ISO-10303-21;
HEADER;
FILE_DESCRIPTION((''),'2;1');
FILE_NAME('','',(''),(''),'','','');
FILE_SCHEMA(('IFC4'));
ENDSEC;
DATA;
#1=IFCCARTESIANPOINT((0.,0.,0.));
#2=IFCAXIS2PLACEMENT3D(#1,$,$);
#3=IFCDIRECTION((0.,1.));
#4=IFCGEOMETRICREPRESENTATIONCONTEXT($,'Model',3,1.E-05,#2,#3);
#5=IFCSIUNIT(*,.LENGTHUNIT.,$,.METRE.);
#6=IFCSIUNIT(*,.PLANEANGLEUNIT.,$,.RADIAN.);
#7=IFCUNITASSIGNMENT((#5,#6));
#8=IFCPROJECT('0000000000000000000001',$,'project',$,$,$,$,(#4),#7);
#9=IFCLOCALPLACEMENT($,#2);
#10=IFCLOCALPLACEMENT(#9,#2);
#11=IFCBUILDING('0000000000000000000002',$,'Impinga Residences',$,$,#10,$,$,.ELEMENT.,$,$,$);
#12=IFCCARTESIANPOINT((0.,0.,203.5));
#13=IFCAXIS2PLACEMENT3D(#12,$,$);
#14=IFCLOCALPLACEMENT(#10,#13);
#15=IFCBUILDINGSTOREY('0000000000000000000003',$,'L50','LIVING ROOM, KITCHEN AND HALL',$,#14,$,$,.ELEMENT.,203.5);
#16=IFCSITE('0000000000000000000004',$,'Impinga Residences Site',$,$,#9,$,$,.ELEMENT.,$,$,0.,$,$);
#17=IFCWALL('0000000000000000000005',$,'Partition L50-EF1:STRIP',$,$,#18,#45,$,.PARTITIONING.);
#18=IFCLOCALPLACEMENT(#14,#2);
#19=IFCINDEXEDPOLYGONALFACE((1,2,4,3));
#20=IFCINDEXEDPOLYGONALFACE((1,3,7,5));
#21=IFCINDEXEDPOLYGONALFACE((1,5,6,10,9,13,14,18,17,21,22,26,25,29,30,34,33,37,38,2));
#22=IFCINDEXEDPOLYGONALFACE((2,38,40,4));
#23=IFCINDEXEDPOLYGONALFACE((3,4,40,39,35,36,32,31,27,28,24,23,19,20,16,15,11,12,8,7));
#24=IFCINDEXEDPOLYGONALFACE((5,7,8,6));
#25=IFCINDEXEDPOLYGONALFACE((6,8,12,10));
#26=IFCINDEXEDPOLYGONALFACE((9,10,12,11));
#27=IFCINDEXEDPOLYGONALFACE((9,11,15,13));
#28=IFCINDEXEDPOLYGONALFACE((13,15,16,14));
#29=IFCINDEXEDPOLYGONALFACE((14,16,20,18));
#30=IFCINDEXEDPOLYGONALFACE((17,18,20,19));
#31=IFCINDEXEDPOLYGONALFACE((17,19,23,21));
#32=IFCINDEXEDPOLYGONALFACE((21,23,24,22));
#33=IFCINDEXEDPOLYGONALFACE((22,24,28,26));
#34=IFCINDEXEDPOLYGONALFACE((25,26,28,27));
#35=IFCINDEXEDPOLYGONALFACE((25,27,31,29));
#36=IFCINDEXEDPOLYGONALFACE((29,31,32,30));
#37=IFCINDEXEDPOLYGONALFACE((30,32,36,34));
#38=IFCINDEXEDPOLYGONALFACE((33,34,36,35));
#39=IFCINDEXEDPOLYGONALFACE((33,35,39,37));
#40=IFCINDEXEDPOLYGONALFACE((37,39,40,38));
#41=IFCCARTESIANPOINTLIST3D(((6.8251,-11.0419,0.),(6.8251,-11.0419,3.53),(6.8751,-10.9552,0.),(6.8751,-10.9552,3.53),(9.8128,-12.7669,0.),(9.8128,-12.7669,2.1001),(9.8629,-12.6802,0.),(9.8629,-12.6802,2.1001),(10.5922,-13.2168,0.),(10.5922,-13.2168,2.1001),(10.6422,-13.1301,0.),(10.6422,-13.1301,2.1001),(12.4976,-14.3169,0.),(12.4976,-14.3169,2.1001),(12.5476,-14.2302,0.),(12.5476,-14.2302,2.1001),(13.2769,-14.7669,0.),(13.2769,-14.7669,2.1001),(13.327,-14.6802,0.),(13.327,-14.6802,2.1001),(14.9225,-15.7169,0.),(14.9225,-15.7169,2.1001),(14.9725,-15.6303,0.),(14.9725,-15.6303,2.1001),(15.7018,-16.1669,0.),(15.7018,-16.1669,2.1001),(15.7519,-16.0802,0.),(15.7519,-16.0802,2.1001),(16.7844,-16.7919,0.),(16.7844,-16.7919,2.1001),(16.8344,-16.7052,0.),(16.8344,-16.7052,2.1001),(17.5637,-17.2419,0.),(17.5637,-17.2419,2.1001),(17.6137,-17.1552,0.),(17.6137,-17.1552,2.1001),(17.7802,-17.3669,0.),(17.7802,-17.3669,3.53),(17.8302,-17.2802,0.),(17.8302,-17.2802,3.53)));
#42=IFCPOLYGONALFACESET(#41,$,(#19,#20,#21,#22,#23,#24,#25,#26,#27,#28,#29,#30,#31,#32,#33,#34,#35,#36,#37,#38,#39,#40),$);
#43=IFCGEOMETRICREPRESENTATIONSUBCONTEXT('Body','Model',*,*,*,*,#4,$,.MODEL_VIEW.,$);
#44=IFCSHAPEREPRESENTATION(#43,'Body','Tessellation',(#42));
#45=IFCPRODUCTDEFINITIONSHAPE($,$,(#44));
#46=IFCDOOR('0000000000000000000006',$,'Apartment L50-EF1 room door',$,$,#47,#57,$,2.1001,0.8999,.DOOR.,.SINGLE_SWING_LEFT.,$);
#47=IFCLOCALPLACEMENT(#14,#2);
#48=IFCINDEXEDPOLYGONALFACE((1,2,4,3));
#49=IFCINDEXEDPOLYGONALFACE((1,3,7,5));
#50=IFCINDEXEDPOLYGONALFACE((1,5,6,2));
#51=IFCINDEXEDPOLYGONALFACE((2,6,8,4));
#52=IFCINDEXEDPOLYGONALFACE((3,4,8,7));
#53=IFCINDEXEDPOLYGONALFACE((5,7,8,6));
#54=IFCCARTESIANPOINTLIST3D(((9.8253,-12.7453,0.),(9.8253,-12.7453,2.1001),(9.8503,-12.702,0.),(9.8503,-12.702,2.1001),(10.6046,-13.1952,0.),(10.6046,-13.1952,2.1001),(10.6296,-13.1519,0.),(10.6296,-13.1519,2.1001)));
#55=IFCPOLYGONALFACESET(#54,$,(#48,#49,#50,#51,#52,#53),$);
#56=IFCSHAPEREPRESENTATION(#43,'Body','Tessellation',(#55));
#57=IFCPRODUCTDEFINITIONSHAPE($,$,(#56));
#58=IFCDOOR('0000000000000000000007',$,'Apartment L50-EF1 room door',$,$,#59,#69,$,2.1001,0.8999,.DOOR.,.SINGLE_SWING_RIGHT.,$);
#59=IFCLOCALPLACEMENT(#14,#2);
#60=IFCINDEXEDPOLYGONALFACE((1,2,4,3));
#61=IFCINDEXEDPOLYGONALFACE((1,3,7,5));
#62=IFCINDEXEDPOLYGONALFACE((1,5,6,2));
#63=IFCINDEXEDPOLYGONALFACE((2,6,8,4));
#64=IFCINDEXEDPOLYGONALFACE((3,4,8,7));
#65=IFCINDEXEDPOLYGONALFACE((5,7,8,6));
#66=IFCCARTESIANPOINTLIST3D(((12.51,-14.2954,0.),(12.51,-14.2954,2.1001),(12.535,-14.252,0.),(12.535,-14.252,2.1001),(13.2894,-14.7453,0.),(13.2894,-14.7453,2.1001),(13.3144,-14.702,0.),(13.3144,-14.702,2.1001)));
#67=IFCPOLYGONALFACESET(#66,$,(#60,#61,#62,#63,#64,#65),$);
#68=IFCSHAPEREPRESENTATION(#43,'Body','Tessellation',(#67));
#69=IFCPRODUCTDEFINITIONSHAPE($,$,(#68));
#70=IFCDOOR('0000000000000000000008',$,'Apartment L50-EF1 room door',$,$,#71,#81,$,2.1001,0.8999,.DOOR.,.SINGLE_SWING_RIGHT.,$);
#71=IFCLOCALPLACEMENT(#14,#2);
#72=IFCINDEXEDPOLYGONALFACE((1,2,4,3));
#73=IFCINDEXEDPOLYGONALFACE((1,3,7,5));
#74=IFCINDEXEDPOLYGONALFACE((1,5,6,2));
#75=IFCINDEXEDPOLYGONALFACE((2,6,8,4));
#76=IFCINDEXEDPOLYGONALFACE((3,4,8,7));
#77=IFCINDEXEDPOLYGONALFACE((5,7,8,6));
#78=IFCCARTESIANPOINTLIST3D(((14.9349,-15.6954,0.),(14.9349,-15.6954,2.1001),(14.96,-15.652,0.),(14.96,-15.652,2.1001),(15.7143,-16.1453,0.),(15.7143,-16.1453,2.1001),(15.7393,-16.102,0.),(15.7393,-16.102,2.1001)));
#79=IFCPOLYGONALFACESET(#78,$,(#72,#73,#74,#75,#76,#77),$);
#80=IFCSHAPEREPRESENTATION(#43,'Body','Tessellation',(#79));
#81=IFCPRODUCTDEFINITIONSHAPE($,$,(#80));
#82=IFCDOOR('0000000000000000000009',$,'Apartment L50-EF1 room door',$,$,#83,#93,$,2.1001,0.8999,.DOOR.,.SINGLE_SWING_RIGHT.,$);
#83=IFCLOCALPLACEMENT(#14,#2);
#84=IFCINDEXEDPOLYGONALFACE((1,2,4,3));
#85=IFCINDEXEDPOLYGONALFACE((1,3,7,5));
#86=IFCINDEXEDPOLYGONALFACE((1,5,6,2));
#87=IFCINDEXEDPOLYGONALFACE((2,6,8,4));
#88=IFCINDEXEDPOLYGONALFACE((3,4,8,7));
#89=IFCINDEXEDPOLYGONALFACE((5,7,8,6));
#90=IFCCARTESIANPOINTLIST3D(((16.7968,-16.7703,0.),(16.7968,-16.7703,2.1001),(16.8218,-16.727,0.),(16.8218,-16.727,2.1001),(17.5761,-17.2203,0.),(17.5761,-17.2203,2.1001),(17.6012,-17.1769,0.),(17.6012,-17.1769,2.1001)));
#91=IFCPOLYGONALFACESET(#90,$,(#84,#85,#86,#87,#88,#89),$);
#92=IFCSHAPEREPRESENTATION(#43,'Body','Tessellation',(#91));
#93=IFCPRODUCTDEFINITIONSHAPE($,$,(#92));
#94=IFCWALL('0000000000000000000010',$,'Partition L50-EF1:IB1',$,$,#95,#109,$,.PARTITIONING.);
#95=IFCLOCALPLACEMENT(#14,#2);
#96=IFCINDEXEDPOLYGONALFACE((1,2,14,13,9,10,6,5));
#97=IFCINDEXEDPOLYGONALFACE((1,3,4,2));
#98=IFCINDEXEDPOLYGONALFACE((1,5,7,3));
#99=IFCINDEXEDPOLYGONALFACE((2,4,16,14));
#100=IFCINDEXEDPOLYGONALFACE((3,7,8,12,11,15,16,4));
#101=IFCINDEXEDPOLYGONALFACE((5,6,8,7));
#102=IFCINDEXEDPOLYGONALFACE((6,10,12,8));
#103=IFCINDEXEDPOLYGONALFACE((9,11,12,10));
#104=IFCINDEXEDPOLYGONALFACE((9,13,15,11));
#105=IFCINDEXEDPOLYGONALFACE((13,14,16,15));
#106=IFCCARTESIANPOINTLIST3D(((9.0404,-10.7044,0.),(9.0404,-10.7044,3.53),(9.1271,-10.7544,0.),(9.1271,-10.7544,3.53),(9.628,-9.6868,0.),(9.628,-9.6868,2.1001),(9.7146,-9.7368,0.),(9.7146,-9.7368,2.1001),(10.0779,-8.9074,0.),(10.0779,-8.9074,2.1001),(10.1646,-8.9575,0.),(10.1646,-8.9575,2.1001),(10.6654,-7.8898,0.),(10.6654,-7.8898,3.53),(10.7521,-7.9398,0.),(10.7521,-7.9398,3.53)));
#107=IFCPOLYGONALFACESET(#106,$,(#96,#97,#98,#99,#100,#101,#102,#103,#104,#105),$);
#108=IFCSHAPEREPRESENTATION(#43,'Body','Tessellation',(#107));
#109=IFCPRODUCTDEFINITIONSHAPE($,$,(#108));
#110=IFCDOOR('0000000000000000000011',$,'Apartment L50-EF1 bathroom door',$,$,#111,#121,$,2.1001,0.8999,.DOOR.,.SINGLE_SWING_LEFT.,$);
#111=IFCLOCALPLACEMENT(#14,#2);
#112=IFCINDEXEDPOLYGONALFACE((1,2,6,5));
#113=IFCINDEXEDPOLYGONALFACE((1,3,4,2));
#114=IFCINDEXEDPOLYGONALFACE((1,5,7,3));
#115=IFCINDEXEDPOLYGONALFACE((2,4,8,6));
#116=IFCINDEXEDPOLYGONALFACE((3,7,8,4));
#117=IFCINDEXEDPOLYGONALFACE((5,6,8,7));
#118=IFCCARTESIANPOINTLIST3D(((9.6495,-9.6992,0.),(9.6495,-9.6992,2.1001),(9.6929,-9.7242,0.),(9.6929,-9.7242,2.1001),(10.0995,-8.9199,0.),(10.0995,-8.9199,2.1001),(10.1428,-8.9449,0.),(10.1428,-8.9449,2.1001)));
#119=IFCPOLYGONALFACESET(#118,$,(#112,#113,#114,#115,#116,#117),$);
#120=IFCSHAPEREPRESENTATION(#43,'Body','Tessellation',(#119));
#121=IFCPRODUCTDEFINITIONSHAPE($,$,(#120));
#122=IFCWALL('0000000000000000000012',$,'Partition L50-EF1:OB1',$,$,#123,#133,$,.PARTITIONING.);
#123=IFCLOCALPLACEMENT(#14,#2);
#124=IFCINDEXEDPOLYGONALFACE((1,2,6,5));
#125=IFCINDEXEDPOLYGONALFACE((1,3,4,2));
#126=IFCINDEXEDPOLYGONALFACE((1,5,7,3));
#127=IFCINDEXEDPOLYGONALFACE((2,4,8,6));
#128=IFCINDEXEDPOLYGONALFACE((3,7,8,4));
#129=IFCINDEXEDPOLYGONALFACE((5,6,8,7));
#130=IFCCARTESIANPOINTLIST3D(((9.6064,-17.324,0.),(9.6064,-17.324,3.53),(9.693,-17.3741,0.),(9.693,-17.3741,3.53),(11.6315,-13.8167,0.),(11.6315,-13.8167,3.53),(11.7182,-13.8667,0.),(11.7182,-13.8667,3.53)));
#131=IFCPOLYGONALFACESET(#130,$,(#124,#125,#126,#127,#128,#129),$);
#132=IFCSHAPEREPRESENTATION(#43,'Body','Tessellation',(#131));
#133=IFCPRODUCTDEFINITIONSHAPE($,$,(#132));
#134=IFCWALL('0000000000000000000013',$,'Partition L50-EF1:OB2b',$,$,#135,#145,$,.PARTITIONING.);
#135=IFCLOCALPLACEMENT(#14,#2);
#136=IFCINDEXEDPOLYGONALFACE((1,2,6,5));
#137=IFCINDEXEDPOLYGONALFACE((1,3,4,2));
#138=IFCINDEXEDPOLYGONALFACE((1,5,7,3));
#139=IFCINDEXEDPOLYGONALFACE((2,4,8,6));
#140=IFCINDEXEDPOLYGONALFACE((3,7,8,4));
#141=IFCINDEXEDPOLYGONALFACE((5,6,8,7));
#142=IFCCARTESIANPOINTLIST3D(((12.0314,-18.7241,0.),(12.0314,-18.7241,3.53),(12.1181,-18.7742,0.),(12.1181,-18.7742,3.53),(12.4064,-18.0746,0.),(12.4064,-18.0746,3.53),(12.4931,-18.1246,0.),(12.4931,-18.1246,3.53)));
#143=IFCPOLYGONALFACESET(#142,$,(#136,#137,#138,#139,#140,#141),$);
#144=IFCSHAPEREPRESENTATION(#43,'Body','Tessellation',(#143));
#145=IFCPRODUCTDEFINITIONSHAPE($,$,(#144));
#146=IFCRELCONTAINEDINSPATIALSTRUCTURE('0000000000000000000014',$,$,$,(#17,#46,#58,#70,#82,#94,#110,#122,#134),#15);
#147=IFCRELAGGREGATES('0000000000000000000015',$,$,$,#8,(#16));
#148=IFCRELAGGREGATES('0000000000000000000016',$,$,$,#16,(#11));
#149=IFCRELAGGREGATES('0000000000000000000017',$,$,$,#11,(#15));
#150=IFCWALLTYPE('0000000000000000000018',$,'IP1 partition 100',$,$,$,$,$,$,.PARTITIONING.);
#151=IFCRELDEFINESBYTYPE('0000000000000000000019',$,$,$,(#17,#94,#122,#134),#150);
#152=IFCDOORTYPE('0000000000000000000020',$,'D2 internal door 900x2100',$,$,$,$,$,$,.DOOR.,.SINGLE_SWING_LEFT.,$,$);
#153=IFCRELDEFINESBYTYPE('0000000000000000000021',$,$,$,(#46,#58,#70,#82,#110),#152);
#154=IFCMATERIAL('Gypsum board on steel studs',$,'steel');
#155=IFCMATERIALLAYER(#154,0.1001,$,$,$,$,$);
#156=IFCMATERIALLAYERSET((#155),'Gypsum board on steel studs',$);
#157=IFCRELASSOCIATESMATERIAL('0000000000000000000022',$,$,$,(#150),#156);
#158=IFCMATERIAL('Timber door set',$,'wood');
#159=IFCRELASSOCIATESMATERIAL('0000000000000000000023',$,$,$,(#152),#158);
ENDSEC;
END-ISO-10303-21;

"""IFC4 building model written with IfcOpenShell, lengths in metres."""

from ifc_helpers import new_model, si_unit, direction, frame, frame_2d, origin, place, context, subcontext, project, spatial, rectangle, extrude, material, layer, layer_set, type_object, element, fill, save


model = new_model("IFC4")

# Units and contexts
model_context = context("Model", 3, precision=1e-05, world=origin(), true_north=direction((0.0, 1.0)))
body_context = subcontext(model_context, "Body", "Model", "MODEL_VIEW")
ifc_project = project(units=[si_unit("LENGTHUNIT", "METRE"), si_unit("PLANEANGLEUNIT", "RADIAN")], contexts=[model_context])

# Site, building, storey
site_placement = place(None, origin())
site = spatial("IfcSite", under=ifc_project, at=site_placement, Name="Impinga Residences Site", CompositionType="ELEMENT", RefElevation=0.0)
building_placement = place(site_placement, origin())
building = spatial("IfcBuilding", under=site, at=building_placement, Name="Impinga Residences", CompositionType="ELEMENT")
storey_placement = place(building_placement, frame((0.0, 0.0, 203.5)))
storey = spatial("IfcBuildingStorey", under=building, at=storey_placement, Name="L50", Description="LIVING ROOM, KITCHEN AND HALL", CompositionType="ELEMENT", Elevation=203.5)

# Shared definitions
ifc_material_1 = material(Name="Timber door set", Category="wood")

# Shared definitions
ifc_material_2 = material(Name="Gypsum board on steel studs", Category="steel")
ifc_layer_1 = layer(ifc_material_2, 0.1001)
ifc_layer_set_1 = layer_set([ifc_layer_1], Name="Gypsum board on steel studs")
wall_type_1 = type_object("IfcWallType", Name="IP1 partition 100", PredefinedType="PARTITIONING", material=ifc_layer_set_1)

# Wall, openings, doors
wall_1_placement = place(storey_placement, frame((6.8501, -10.9985, 0.0), z_axis=(0.0, 0.0, 1.0), x_axis=(0.866024, -0.500002, 0.0)))
wall_1 = element("IfcWall", 1, at=wall_1_placement, inside=storey, type_object=wall_type_1, Name="Partition L50-EF1:STRIP", PredefinedType="PARTITIONING", context=body_context, shape_type="SweptSolid", body=[
    extrude(rectangle(XDim=12.6499, YDim=0.1001, at=frame_2d((6.325, 0.0))), origin(), (0.0, 0.0, 1.0), 3.53),
])
opening_1_placement = place(wall_1_placement, frame((3.45, 0.0, 0.0)))
opening_1 = element("IfcOpeningElement", 2, at=opening_1_placement, cuts=wall_1, PredefinedType="OPENING", context=body_context, shape_type="SweptSolid", body=[
    extrude(rectangle(XDim=0.8999, YDim=2.1001, at=frame_2d((0.45, 1.05))), frame((0.0, 0.0601, 0.0), z_axis=(0.0, -1.0, 0.0), x_axis=(1.0, 0.0, 0.0)), (0.0, 0.0, 1.0), 0.1201),
])
opening_2_placement = place(wall_1_placement, frame((6.55, 0.0, 0.0)))
opening_2 = element("IfcOpeningElement", 3, at=opening_2_placement, cuts=wall_1, PredefinedType="OPENING", context=body_context, shape_type="SweptSolid", body=[
    extrude(rectangle(XDim=0.8999, YDim=2.1001, at=frame_2d((0.45, 1.05))), frame((0.0, 0.0601, 0.0), z_axis=(0.0, -1.0, 0.0), x_axis=(1.0, 0.0, 0.0)), (0.0, 0.0, 1.0), 0.1201),
])
opening_3_placement = place(wall_1_placement, frame((9.3501, 0.0, 0.0)))
opening_3 = element("IfcOpeningElement", 4, at=opening_3_placement, cuts=wall_1, PredefinedType="OPENING", context=body_context, shape_type="SweptSolid", body=[
    extrude(rectangle(XDim=0.8999, YDim=2.1001, at=frame_2d((0.45, 1.05))), frame((0.0, 0.0601, 0.0), z_axis=(0.0, -1.0, 0.0), x_axis=(1.0, 0.0, 0.0)), (0.0, 0.0, 1.0), 0.1201),
])
opening_4_placement = place(wall_1_placement, frame((11.5, 0.0, 0.0)))
opening_4 = element("IfcOpeningElement", 5, at=opening_4_placement, cuts=wall_1, PredefinedType="OPENING", context=body_context, shape_type="SweptSolid", body=[
    extrude(rectangle(XDim=0.8999, YDim=2.1001, at=frame_2d((0.45, 1.05))), frame((0.0, 0.0601, 0.0), z_axis=(0.0, -1.0, 0.0), x_axis=(1.0, 0.0, 0.0)), (0.0, 0.0, 1.0), 0.1201),
])
door_type_1 = type_object("IfcDoorType", Name="D2 internal door 900x2100", OperationType="SINGLE_SWING_LEFT", PredefinedType="DOOR", material=ifc_material_1)
door_1_placement = place(opening_1_placement, origin())
door_1 = element("IfcDoor", 6, at=door_1_placement, inside=storey, type_object=door_type_1, Name="Apartment L50-EF1 room door", OperationType="SINGLE_SWING_LEFT", OverallHeight=2.1001, OverallWidth=0.8999, PredefinedType="DOOR", context=body_context, shape_type="SweptSolid", body=[
    extrude(rectangle(XDim=0.8999, YDim=2.1001, at=frame_2d((0.45, 1.05))), frame((0.0, 0.0249, 0.0), z_axis=(0.0, -1.0, 0.0), x_axis=(1.0, 0.0, 0.0)), (0.0, 0.0, 1.0), 0.05),
])
fill(opening_1, door_1)
door_2_placement = place(opening_2_placement, origin())
door_2 = element("IfcDoor", 7, at=door_2_placement, inside=storey, type_object=door_type_1, Name="Apartment L50-EF1 room door", OperationType="SINGLE_SWING_RIGHT", OverallHeight=2.1001, OverallWidth=0.8999, PredefinedType="DOOR", context=body_context, shape_type="SweptSolid", body=[
    extrude(rectangle(XDim=0.8999, YDim=2.1001, at=frame_2d((0.45, 1.05))), frame((0.0, 0.0249, 0.0), z_axis=(0.0, -1.0, 0.0), x_axis=(1.0, 0.0, 0.0)), (0.0, 0.0, 1.0), 0.05),
])
fill(opening_2, door_2)
door_3_placement = place(opening_3_placement, origin())
door_3 = element("IfcDoor", 8, at=door_3_placement, inside=storey, type_object=door_type_1, Name="Apartment L50-EF1 room door", OperationType="SINGLE_SWING_RIGHT", OverallHeight=2.1001, OverallWidth=0.8999, PredefinedType="DOOR", context=body_context, shape_type="SweptSolid", body=[
    extrude(rectangle(XDim=0.8999, YDim=2.1001, at=frame_2d((0.45, 1.05))), frame((0.0, 0.0249, 0.0), z_axis=(0.0, -1.0, 0.0), x_axis=(1.0, 0.0, 0.0)), (0.0, 0.0, 1.0), 0.05),
])
fill(opening_3, door_3)
door_4_placement = place(opening_4_placement, origin())
door_4 = element("IfcDoor", 9, at=door_4_placement, inside=storey, type_object=door_type_1, Name="Apartment L50-EF1 room door", OperationType="SINGLE_SWING_RIGHT", OverallHeight=2.1001, OverallWidth=0.8999, PredefinedType="DOOR", context=body_context, shape_type="SweptSolid", body=[
    extrude(rectangle(XDim=0.8999, YDim=2.1001, at=frame_2d((0.45, 1.05))), frame((0.0, 0.0249, 0.0), z_axis=(0.0, -1.0, 0.0), x_axis=(1.0, 0.0, 0.0)), (0.0, 0.0, 1.0), 0.05),
])
fill(opening_4, door_4)

# Wall, opening, door
wall_2_placement = place(storey_placement, frame((10.7087, -7.9148, 0.0), z_axis=(0.0, 0.0, 1.0), x_axis=(-0.499985, -0.866034, 0.0)))
wall_2 = element("IfcWall", 10, at=wall_2_placement, inside=storey, type_object=wall_type_1, Name="Partition L50-EF1:IB1", PredefinedType="PARTITIONING", context=body_context, shape_type="SweptSolid", body=[
    extrude(rectangle(XDim=3.25, YDim=0.1001, at=frame_2d((1.625, 0.0))), origin(), (0.0, 0.0, 1.0), 3.53),
])
opening_5_placement = place(wall_2_placement, frame((1.175, 0.0, 0.0)))
opening_5 = element("IfcOpeningElement", 11, at=opening_5_placement, cuts=wall_2, PredefinedType="OPENING", context=body_context, shape_type="SweptSolid", body=[
    extrude(rectangle(XDim=0.8999, YDim=2.1001, at=frame_2d((0.45, 1.05))), frame((0.0, 0.0601, 0.0), z_axis=(0.0, -1.0, 0.0), x_axis=(1.0, 0.0, 0.0)), (0.0, 0.0, 1.0), 0.1201),
])
door_5_placement = place(opening_5_placement, origin())
door_5 = element("IfcDoor", 12, at=door_5_placement, inside=storey, type_object=door_type_1, Name="Apartment L50-EF1 bathroom door", OperationType="SINGLE_SWING_LEFT", OverallHeight=2.1001, OverallWidth=0.8999, PredefinedType="DOOR", context=body_context, shape_type="SweptSolid", body=[
    extrude(rectangle(XDim=0.8999, YDim=2.1001, at=frame_2d((0.45, 1.05))), frame((0.0, 0.0249, 0.0), z_axis=(0.0, -1.0, 0.0), x_axis=(1.0, 0.0, 0.0)), (0.0, 0.0, 1.0), 0.05),
])
fill(opening_5, door_5)

# Walls
wall_3_placement = place(storey_placement, frame((11.6748, -13.8418, 0.0), z_axis=(0.0, 0.0, 1.0), x_axis=(-0.500036, -0.866005, 0.0)))
element("IfcWall", 13, at=wall_3_placement, inside=storey, type_object=wall_type_1, Name="Partition L50-EF1:OB1", PredefinedType="PARTITIONING", context=body_context, shape_type="SweptSolid", body=[
    extrude(rectangle(XDim=4.05, YDim=0.1001, at=frame_2d((2.0249, 0.0))), origin(), (0.0, 0.0, 1.0), 3.53),
])
wall_4_placement = place(storey_placement, frame((12.4497, -18.0996, 0.0), z_axis=(0.0, 0.0, 1.0), x_axis=(-0.49992, -0.866072, 0.0)))
element("IfcWall", 14, at=wall_4_placement, inside=storey, type_object=wall_type_1, Name="Partition L50-EF1:OB2b", PredefinedType="PARTITIONING", context=body_context, shape_type="SweptSolid", body=[
    extrude(rectangle(XDim=0.75, YDim=0.1001, at=frame_2d((0.375, 0.0))), origin(), (0.0, 0.0, 1.0), 3.53),
])

save(model, "model.ifc")
